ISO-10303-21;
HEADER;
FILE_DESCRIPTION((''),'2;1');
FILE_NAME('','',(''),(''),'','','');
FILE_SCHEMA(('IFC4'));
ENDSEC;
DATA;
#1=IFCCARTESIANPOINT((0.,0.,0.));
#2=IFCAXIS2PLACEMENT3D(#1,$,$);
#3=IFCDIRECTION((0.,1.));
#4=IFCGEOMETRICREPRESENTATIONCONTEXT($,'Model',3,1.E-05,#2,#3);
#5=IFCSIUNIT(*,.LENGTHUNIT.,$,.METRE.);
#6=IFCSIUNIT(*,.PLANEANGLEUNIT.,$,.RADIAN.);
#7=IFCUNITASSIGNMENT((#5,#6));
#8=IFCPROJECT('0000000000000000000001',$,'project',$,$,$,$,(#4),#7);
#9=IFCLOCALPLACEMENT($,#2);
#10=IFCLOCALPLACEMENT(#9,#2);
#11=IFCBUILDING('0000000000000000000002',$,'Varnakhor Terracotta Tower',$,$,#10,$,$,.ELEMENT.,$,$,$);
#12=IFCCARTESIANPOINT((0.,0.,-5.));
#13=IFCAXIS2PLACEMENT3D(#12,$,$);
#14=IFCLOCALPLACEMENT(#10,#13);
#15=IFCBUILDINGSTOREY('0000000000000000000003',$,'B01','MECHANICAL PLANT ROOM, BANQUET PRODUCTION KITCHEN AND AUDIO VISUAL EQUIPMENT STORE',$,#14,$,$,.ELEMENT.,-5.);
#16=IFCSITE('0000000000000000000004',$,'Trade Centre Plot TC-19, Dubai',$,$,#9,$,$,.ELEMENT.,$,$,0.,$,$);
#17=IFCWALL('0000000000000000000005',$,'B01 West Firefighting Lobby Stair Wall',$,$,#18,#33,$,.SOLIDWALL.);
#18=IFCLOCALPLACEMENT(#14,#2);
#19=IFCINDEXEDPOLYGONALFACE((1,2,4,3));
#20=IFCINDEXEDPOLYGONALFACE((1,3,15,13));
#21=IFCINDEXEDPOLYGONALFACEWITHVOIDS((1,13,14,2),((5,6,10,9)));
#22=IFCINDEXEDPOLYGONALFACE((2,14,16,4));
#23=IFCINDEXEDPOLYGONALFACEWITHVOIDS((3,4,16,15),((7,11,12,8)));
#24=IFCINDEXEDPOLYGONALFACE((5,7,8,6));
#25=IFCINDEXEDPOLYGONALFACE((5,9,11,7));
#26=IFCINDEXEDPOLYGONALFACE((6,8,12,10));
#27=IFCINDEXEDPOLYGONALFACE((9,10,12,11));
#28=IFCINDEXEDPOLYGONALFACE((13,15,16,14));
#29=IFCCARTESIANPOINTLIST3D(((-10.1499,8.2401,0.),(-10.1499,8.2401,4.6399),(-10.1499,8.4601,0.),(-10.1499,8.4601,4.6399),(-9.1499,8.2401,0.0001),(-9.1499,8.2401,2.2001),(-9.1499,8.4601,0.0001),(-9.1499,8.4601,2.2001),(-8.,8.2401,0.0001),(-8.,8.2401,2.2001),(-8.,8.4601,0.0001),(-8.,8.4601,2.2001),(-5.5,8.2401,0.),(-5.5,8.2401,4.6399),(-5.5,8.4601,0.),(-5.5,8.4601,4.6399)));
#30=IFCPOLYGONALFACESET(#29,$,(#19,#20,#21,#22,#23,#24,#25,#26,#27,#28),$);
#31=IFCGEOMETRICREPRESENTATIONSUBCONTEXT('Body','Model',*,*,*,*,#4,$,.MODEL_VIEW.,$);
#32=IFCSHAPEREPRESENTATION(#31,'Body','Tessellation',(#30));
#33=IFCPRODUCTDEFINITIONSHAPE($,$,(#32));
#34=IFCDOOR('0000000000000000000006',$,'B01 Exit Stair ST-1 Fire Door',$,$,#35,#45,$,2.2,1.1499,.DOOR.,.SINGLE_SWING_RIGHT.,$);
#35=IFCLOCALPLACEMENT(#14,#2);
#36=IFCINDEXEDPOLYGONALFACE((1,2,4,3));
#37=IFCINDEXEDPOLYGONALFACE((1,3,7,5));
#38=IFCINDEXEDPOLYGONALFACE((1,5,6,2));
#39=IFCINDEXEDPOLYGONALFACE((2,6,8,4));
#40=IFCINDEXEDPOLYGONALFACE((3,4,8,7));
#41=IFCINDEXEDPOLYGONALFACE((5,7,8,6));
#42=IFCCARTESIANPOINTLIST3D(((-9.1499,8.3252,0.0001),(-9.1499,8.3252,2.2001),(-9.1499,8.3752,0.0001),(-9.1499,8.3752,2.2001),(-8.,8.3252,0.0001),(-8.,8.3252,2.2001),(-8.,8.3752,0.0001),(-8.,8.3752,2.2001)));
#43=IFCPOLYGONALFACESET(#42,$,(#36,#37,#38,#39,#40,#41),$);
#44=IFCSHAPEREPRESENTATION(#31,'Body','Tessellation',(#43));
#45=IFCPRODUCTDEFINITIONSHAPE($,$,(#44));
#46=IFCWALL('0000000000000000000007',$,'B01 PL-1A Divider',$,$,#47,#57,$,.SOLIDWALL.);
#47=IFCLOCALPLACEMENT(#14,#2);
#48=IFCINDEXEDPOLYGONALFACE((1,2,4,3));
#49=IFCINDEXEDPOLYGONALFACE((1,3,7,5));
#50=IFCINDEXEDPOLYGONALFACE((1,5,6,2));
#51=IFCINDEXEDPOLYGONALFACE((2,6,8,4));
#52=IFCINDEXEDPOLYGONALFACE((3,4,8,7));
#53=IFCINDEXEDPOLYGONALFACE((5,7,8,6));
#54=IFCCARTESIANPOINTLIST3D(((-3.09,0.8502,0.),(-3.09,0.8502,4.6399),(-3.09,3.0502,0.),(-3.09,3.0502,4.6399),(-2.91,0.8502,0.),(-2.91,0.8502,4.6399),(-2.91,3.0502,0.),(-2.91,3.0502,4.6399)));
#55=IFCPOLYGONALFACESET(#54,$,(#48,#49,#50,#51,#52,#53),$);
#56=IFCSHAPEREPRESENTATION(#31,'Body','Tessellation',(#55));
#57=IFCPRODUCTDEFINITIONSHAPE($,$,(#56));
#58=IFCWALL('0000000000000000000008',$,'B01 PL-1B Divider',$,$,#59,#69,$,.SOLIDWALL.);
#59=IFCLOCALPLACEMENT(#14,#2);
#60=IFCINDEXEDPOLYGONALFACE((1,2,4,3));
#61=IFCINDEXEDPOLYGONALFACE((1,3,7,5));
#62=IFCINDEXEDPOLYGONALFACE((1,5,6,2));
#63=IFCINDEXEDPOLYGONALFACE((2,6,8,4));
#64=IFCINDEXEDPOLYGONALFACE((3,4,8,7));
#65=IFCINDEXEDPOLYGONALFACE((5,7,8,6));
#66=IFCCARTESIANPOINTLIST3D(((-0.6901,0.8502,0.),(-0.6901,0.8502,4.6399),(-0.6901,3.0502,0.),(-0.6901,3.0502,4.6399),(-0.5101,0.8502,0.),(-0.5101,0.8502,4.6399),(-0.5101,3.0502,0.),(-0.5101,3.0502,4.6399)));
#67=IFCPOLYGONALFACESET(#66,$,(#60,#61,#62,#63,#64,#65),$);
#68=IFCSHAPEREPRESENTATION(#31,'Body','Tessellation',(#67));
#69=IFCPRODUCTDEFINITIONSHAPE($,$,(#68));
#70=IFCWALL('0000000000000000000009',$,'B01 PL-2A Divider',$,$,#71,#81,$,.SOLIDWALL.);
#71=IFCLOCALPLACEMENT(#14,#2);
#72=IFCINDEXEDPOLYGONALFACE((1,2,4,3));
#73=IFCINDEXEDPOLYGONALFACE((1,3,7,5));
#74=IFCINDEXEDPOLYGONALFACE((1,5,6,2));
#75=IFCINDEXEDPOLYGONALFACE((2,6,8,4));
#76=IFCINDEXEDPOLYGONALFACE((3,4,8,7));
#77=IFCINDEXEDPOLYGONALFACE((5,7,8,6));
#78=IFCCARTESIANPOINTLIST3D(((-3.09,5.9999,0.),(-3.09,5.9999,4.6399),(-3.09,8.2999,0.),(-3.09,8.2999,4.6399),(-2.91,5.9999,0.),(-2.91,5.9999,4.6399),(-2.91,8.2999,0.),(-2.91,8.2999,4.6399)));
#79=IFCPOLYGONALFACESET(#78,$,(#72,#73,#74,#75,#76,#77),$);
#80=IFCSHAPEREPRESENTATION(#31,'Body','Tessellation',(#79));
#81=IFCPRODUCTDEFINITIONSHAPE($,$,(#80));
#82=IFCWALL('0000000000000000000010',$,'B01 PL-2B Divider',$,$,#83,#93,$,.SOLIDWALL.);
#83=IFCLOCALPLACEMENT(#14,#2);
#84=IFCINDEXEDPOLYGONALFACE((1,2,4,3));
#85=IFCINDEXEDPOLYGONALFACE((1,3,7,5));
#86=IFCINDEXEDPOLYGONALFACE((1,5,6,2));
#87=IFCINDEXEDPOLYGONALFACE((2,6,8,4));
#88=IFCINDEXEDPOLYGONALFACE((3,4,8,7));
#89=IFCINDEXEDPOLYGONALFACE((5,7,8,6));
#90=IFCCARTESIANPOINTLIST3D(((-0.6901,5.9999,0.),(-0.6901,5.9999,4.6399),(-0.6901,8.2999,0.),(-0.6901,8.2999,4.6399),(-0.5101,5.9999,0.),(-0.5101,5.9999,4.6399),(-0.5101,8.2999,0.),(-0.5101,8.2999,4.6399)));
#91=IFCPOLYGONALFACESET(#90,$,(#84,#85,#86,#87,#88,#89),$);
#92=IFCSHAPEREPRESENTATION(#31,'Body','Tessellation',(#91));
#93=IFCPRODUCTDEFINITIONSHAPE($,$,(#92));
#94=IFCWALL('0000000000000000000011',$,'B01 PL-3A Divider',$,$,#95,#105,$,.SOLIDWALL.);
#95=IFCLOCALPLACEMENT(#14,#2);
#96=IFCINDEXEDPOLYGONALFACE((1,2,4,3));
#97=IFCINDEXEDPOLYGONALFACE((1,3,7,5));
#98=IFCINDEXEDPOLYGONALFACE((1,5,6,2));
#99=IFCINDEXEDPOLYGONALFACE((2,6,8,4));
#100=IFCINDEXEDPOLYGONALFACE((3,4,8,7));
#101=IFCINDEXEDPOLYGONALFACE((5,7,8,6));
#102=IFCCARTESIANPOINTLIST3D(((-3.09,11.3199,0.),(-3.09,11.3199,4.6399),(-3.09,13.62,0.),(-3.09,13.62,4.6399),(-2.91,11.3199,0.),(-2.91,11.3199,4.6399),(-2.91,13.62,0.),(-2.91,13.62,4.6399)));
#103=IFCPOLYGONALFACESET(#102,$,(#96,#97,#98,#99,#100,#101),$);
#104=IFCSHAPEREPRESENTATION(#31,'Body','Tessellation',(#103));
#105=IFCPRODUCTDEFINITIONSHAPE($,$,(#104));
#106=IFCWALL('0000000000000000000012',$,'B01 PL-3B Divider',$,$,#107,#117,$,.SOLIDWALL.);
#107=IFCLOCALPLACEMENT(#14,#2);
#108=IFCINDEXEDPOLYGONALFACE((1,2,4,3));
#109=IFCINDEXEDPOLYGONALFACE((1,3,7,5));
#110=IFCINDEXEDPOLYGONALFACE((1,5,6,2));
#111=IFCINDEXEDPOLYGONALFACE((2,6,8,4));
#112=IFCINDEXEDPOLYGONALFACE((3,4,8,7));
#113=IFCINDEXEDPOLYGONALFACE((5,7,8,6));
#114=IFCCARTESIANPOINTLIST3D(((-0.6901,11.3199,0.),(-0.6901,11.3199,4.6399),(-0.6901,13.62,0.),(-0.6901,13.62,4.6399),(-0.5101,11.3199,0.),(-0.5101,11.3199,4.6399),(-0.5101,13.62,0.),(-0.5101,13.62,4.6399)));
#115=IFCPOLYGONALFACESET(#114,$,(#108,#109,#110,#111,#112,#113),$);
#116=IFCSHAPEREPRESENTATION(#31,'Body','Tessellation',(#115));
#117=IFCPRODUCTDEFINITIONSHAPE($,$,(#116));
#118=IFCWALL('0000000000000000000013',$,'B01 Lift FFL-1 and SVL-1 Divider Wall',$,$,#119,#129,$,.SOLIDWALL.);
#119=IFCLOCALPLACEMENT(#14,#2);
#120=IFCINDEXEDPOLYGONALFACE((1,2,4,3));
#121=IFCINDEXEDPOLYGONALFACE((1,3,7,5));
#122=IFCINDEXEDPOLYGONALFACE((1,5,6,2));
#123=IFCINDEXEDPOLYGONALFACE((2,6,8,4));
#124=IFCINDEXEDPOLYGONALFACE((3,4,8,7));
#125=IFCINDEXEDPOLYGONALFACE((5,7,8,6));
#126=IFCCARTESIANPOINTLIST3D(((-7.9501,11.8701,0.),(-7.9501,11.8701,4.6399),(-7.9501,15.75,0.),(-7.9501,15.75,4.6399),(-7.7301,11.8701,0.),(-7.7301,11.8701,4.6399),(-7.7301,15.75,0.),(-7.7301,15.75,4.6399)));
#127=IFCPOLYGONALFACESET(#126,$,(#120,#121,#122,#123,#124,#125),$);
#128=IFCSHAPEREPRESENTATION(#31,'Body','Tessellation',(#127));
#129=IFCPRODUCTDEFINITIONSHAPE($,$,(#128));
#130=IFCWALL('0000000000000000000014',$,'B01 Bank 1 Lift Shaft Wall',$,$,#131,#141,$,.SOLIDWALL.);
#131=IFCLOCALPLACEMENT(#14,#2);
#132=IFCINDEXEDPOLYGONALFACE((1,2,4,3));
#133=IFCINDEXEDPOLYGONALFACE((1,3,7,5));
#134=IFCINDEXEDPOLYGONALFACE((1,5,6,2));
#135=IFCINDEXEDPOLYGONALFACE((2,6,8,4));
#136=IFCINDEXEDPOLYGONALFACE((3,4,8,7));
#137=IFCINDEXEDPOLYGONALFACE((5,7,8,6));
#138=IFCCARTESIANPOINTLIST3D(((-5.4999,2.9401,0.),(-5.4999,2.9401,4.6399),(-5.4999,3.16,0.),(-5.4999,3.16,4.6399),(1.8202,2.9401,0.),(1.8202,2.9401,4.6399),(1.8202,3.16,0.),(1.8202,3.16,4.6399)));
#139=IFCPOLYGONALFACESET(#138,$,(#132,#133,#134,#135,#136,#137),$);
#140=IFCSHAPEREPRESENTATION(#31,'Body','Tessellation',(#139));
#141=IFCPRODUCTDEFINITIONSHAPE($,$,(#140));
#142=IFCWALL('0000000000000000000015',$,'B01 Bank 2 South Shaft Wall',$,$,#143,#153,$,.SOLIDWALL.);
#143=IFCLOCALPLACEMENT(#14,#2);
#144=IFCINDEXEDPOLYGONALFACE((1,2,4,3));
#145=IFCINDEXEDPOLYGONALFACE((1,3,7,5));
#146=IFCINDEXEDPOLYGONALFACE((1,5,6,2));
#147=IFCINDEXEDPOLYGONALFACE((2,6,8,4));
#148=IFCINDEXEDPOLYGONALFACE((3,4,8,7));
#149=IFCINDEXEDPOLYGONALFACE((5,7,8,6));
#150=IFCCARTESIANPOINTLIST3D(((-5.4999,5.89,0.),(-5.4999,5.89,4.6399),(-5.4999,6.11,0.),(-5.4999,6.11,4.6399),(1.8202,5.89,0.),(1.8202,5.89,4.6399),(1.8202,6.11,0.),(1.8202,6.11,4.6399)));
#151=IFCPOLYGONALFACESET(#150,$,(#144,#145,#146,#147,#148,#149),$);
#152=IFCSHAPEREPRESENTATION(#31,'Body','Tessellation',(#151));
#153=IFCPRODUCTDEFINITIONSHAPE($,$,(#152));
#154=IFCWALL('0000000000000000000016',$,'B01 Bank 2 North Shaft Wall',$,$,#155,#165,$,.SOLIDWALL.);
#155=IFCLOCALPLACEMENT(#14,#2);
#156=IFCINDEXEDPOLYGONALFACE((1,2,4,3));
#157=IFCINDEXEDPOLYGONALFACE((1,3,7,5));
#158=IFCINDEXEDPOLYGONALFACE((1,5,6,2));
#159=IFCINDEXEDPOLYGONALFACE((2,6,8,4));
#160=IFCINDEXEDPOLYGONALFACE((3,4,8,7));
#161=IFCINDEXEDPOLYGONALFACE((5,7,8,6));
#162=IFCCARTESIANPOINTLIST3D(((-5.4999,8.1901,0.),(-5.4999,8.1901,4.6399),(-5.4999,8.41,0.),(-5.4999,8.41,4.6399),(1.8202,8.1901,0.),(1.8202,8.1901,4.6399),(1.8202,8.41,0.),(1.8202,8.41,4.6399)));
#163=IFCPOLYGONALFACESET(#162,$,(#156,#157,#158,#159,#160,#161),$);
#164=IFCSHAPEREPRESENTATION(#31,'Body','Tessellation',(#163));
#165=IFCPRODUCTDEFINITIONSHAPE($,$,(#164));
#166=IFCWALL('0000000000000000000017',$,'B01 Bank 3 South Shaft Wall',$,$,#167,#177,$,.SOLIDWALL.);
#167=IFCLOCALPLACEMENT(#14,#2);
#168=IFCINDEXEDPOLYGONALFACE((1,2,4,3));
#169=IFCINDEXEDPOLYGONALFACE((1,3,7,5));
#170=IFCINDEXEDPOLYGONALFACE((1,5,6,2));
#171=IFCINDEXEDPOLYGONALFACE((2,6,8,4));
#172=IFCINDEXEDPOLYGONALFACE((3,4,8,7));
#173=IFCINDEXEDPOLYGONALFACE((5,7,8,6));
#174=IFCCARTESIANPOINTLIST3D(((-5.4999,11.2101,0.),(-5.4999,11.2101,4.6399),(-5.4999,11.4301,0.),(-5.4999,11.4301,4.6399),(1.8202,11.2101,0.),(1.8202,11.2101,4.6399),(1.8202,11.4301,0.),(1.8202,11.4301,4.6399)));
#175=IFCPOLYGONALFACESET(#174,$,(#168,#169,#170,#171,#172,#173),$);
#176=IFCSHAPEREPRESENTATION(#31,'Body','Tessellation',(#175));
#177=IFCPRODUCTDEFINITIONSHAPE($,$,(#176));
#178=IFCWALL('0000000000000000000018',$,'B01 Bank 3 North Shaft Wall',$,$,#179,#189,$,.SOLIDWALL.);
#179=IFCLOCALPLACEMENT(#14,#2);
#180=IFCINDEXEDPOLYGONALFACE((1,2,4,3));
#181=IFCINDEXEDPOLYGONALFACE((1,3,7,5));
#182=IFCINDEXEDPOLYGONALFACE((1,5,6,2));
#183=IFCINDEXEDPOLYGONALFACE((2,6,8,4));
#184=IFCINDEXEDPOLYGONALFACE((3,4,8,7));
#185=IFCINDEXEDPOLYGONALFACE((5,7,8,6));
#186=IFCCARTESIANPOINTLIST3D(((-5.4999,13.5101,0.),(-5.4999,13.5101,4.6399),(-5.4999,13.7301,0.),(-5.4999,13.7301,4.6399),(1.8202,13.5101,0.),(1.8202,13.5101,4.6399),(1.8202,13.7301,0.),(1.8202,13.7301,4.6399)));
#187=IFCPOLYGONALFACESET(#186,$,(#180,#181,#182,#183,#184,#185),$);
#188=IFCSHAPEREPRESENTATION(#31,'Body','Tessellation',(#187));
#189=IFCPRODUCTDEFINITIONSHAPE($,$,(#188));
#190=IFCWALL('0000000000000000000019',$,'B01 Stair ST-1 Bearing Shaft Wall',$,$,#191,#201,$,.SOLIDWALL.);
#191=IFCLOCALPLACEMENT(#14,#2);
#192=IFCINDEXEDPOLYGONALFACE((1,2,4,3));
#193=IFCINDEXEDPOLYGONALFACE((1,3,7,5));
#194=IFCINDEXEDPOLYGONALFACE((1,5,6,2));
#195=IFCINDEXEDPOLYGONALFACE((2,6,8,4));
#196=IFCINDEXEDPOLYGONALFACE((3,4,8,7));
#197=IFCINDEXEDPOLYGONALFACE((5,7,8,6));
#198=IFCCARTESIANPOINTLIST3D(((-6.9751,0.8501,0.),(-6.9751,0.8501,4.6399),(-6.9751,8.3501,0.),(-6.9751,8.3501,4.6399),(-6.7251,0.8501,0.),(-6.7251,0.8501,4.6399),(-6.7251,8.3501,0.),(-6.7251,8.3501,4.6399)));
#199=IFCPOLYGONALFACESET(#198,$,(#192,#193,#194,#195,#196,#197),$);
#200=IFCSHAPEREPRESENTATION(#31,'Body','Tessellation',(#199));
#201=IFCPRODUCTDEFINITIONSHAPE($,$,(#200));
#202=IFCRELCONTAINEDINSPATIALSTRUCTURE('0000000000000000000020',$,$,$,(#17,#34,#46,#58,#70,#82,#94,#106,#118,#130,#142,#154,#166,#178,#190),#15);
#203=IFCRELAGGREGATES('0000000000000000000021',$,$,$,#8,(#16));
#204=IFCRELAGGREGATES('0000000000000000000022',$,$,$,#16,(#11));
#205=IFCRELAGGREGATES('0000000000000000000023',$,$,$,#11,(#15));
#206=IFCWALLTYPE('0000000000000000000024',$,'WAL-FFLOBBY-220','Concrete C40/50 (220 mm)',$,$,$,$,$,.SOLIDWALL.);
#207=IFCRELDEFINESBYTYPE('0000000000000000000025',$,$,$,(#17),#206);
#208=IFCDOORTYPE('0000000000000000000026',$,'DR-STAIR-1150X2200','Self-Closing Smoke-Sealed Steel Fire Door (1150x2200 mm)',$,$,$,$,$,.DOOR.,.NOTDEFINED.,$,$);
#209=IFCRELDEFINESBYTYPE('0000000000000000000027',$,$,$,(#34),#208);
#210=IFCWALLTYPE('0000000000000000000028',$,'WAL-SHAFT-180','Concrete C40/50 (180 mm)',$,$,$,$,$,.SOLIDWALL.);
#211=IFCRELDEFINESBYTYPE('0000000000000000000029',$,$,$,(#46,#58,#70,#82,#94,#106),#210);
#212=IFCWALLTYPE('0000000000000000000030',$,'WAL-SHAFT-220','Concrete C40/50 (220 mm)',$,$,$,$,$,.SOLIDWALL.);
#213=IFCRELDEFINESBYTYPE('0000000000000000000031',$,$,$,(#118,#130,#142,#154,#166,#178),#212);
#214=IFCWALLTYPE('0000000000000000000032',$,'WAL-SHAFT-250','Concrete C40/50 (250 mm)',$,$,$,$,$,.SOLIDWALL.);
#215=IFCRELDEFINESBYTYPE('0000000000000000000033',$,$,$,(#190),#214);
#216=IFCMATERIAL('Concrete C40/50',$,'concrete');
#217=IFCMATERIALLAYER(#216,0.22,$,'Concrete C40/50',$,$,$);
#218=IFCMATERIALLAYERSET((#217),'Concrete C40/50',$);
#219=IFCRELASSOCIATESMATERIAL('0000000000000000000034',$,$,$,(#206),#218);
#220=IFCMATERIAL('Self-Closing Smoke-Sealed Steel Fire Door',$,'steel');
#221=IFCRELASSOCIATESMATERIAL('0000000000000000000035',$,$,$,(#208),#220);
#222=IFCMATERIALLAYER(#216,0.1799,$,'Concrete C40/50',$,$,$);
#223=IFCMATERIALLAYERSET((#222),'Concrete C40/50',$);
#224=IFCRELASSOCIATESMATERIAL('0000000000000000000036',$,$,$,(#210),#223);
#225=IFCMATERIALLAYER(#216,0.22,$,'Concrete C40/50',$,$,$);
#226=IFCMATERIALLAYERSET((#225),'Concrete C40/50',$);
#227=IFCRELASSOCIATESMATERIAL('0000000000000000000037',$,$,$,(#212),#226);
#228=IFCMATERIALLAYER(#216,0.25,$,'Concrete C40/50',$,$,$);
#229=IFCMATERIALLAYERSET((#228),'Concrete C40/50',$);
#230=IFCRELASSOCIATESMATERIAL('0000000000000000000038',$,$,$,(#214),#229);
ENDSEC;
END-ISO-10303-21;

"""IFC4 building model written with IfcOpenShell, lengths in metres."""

from ifc_helpers import new_model, si_unit, direction, frame, frame_2d, origin, place, context, subcontext, project, spatial, rectangle, extrude, source, transform, mapped, material, layer, layer_set, type_object, type_shapes, element, fill, save


model = new_model("IFC4")

# Units and contexts
model_context = context("Model", 3, precision=1e-05, world=origin(), true_north=direction((0.0, 1.0)))
body_context = subcontext(model_context, "Body", "Model", "MODEL_VIEW")
ifc_project = project(units=[si_unit("LENGTHUNIT", "METRE"), si_unit("PLANEANGLEUNIT", "RADIAN")], contexts=[model_context])

# Site, building, storey
site_placement = place(None, origin())
site = spatial("IfcSite", under=ifc_project, at=site_placement, Name="Trade Centre Plot TC-19, Dubai", CompositionType="ELEMENT", RefElevation=0.0)
building_placement = place(site_placement, origin())
building = spatial("IfcBuilding", under=site, at=building_placement, Name="Varnakhor Terracotta Tower", CompositionType="ELEMENT")
storey_placement = place(building_placement, frame((0.0, 0.0, -5.0)))
storey = spatial("IfcBuildingStorey", under=building, at=storey_placement, Name="B01", Description="MECHANICAL PLANT ROOM, BANQUET PRODUCTION KITCHEN AND AUDIO VISUAL EQUIPMENT STORE", CompositionType="ELEMENT", Elevation=-5.0)

# Shared definitions
ifc_material_1 = material(Name="Concrete C40/50", Category="concrete")

# Wall, opening, door
ifc_layer_1 = layer(ifc_material_1, 0.22, Name="Concrete C40/50")
ifc_layer_set_1 = layer_set([ifc_layer_1], Name="Concrete C40/50")
wall_type_1 = type_object("IfcWallType", Name="WAL-FFLOBBY-220", Description="Concrete C40/50 (220 mm)", PredefinedType="SOLIDWALL", material=ifc_layer_set_1)
wall_1_placement = place(storey_placement, frame((-5.5, 8.3501, 0.0), z_axis=(0.0, 0.0, 1.0), x_axis=(-1.0, 0.0, 0.0)))
wall_1 = element("IfcWall", 1, at=wall_1_placement, inside=storey, type_object=wall_type_1, Name="B01 West Firefighting Lobby Stair Wall", PredefinedType="SOLIDWALL", context=body_context, shape_type="SweptSolid", body=[
    extrude(rectangle(XDim=4.6499, YDim=0.22, at=frame_2d((2.325, 0.0))), origin(), (0.0, 0.0, 1.0), 4.6399),
])
opening_1_placement = place(wall_1_placement, frame((2.5, 0.0, 0.0)))
opening_1 = element("IfcOpeningElement", 2, at=opening_1_placement, cuts=wall_1, PredefinedType="OPENING", context=body_context, shape_type="SweptSolid", body=[
    extrude(rectangle(XDim=1.1499, YDim=2.2, at=frame_2d((0.575, 1.1001))), frame((0.0, 0.1201, 0.0), z_axis=(0.0, -1.0, 0.0), x_axis=(1.0, 0.0, 0.0)), (0.0, 0.0, 1.0), 0.24),
])
ifc_material_2 = material(Name="Self-Closing Smoke-Sealed Steel Fire Door", Category="steel")
door_type_1 = type_object("IfcDoorType", Name="DR-STAIR-1150X2200", Description="Self-Closing Smoke-Sealed Steel Fire Door (1150x2200 mm)", OperationType="NOTDEFINED", PredefinedType="DOOR", material=ifc_material_2)
shared_shape_1 = source(origin(), body_context, "Body", "SweptSolid", [
    extrude(rectangle(XDim=1.1499, YDim=2.2, at=frame_2d((0.575, 1.1001))), frame((0.0, 0.0249, 0.0), z_axis=(0.0, -1.0, 0.0), x_axis=(1.0, 0.0, 0.0)), (0.0, 0.0, 1.0), 0.05),
])
type_shapes(door_type_1, [shared_shape_1])
door_1_placement = place(opening_1_placement, origin())
door_1 = element("IfcDoor", 3, at=door_1_placement, inside=storey, type_object=door_type_1, Name="B01 Exit Stair ST-1 Fire Door", OperationType="SINGLE_SWING_RIGHT", OverallHeight=2.2, OverallWidth=1.1499, PredefinedType="DOOR", context=body_context, shape_type="MappedRepresentation", body=[
    mapped(shared_shape_1, transform((0.0, 0.0, 0.0), scale=1.0)),
])
fill(opening_1, door_1)

# Walls
ifc_layer_2 = layer(ifc_material_1, 0.1799, Name="Concrete C40/50")
ifc_layer_set_2 = layer_set([ifc_layer_2], Name="Concrete C40/50")
wall_type_2 = type_object("IfcWallType", Name="WAL-SHAFT-180", Description="Concrete C40/50 (180 mm)", PredefinedType="SOLIDWALL", material=ifc_layer_set_2)
for number, where, z_axis, x_axis, name in (
    (4, (-3.0, 0.8501, 0.0), (0.0, 0.0, 1.0), (0.0, 1.0, 0.0), "B01 PL-1A Divider"),
    (5, (-0.6001, 0.8501, 0.0), (0.0, 0.0, 1.0), (0.0, 1.0, 0.0), "B01 PL-1B Divider"),
):
    element("IfcWall", number, at=place(storey_placement, frame(where, z_axis=z_axis, x_axis=x_axis)), inside=storey, type_object=wall_type_2, Name=name, PredefinedType="SOLIDWALL", context=body_context, shape_type="SweptSolid", body=[
        extrude(rectangle(XDim=2.2, YDim=0.1799, at=frame_2d((1.1001, 0.0))), origin(), (0.0, 0.0, 1.0), 4.6399),
    ])
for number, where, z_axis, x_axis, name in (
    (6, (-3.0, 6.0, 0.0), (0.0, 0.0, 1.0), (0.0, 1.0, 0.0), "B01 PL-2A Divider"),
    (7, (-0.6001, 6.0, 0.0), (0.0, 0.0, 1.0), (0.0, 1.0, 0.0), "B01 PL-2B Divider"),
    (8, (-3.0, 11.3201, 0.0), (0.0, 0.0, 1.0), (0.0, 1.0, 0.0), "B01 PL-3A Divider"),
    (9, (-0.6001, 11.3201, 0.0), (0.0, 0.0, 1.0), (0.0, 1.0, 0.0), "B01 PL-3B Divider"),
):
    element("IfcWall", number, at=place(storey_placement, frame(where, z_axis=z_axis, x_axis=x_axis)), inside=storey, type_object=wall_type_2, Name=name, PredefinedType="SOLIDWALL", context=body_context, shape_type="SweptSolid", body=[
        extrude(rectangle(XDim=2.3, YDim=0.1799, at=frame_2d((1.1499, 0.0))), origin(), (0.0, 0.0, 1.0), 4.6399),
    ])
ifc_layer_3 = layer(ifc_material_1, 0.22, Name="Concrete C40/50")
ifc_layer_set_3 = layer_set([ifc_layer_3], Name="Concrete C40/50")
wall_type_3 = type_object("IfcWallType", Name="WAL-SHAFT-220", Description="Concrete C40/50 (220 mm)", PredefinedType="SOLIDWALL", material=ifc_layer_set_3)
wall_2_placement = place(storey_placement, frame((-7.8401, 11.8701, 0.0), z_axis=(0.0, 0.0, 1.0), x_axis=(0.0, 1.0, 0.0)))
element("IfcWall", 10, at=wall_2_placement, inside=storey, type_object=wall_type_3, Name="B01 Lift FFL-1 and SVL-1 Divider Wall", PredefinedType="SOLIDWALL", context=body_context, shape_type="SweptSolid", body=[
    extrude(rectangle(XDim=3.8799, YDim=0.22, at=frame_2d((1.9399, 0.0))), origin(), (0.0, 0.0, 1.0), 4.6399),
])
for number, where, z_axis, x_axis, name in (
    (11, (-5.5, 3.05, 0.0), (0.0, 0.0, 1.0), (1.0, 0.0, 0.0), "B01 Bank 1 Lift Shaft Wall"),
    (12, (-5.5, 6.0, 0.0), (0.0, 0.0, 1.0), (1.0, 0.0, 0.0), "B01 Bank 2 South Shaft Wall"),
    (13, (-5.5, 8.3, 0.0), (0.0, 0.0, 1.0), (1.0, 0.0, 0.0), "B01 Bank 2 North Shaft Wall"),
    (14, (-5.5, 11.3201, 0.0), (0.0, 0.0, 1.0), (1.0, 0.0, 0.0), "B01 Bank 3 South Shaft Wall"),
    (15, (-5.5, 13.6201, 0.0), (0.0, 0.0, 1.0), (1.0, 0.0, 0.0), "B01 Bank 3 North Shaft Wall"),
):
    element("IfcWall", number, at=place(storey_placement, frame(where, z_axis=z_axis, x_axis=x_axis)), inside=storey, type_object=wall_type_3, Name=name, PredefinedType="SOLIDWALL", context=body_context, shape_type="SweptSolid", body=[
        extrude(rectangle(XDim=7.3201, YDim=0.22, at=frame_2d((3.6602, 0.0))), origin(), (0.0, 0.0, 1.0), 4.6399),
    ])
ifc_layer_4 = layer(ifc_material_1, 0.25, Name="Concrete C40/50")
ifc_layer_set_4 = layer_set([ifc_layer_4], Name="Concrete C40/50")
wall_type_4 = type_object("IfcWallType", Name="WAL-SHAFT-250", Description="Concrete C40/50 (250 mm)", PredefinedType="SOLIDWALL", material=ifc_layer_set_4)
wall_3_placement = place(storey_placement, frame((-6.8501, 0.8501, 0.0), z_axis=(0.0, 0.0, 1.0), x_axis=(0.0, 1.0, 0.0)))
element("IfcWall", 16, at=wall_3_placement, inside=storey, type_object=wall_type_4, Name="B01 Stair ST-1 Bearing Shaft Wall", PredefinedType="SOLIDWALL", context=body_context, shape_type="SweptSolid", body=[
    extrude(rectangle(XDim=7.5, YDim=0.25, at=frame_2d((3.75, 0.0))), origin(), (0.0, 0.0, 1.0), 4.6399),
])

save(model, "model.ifc")
